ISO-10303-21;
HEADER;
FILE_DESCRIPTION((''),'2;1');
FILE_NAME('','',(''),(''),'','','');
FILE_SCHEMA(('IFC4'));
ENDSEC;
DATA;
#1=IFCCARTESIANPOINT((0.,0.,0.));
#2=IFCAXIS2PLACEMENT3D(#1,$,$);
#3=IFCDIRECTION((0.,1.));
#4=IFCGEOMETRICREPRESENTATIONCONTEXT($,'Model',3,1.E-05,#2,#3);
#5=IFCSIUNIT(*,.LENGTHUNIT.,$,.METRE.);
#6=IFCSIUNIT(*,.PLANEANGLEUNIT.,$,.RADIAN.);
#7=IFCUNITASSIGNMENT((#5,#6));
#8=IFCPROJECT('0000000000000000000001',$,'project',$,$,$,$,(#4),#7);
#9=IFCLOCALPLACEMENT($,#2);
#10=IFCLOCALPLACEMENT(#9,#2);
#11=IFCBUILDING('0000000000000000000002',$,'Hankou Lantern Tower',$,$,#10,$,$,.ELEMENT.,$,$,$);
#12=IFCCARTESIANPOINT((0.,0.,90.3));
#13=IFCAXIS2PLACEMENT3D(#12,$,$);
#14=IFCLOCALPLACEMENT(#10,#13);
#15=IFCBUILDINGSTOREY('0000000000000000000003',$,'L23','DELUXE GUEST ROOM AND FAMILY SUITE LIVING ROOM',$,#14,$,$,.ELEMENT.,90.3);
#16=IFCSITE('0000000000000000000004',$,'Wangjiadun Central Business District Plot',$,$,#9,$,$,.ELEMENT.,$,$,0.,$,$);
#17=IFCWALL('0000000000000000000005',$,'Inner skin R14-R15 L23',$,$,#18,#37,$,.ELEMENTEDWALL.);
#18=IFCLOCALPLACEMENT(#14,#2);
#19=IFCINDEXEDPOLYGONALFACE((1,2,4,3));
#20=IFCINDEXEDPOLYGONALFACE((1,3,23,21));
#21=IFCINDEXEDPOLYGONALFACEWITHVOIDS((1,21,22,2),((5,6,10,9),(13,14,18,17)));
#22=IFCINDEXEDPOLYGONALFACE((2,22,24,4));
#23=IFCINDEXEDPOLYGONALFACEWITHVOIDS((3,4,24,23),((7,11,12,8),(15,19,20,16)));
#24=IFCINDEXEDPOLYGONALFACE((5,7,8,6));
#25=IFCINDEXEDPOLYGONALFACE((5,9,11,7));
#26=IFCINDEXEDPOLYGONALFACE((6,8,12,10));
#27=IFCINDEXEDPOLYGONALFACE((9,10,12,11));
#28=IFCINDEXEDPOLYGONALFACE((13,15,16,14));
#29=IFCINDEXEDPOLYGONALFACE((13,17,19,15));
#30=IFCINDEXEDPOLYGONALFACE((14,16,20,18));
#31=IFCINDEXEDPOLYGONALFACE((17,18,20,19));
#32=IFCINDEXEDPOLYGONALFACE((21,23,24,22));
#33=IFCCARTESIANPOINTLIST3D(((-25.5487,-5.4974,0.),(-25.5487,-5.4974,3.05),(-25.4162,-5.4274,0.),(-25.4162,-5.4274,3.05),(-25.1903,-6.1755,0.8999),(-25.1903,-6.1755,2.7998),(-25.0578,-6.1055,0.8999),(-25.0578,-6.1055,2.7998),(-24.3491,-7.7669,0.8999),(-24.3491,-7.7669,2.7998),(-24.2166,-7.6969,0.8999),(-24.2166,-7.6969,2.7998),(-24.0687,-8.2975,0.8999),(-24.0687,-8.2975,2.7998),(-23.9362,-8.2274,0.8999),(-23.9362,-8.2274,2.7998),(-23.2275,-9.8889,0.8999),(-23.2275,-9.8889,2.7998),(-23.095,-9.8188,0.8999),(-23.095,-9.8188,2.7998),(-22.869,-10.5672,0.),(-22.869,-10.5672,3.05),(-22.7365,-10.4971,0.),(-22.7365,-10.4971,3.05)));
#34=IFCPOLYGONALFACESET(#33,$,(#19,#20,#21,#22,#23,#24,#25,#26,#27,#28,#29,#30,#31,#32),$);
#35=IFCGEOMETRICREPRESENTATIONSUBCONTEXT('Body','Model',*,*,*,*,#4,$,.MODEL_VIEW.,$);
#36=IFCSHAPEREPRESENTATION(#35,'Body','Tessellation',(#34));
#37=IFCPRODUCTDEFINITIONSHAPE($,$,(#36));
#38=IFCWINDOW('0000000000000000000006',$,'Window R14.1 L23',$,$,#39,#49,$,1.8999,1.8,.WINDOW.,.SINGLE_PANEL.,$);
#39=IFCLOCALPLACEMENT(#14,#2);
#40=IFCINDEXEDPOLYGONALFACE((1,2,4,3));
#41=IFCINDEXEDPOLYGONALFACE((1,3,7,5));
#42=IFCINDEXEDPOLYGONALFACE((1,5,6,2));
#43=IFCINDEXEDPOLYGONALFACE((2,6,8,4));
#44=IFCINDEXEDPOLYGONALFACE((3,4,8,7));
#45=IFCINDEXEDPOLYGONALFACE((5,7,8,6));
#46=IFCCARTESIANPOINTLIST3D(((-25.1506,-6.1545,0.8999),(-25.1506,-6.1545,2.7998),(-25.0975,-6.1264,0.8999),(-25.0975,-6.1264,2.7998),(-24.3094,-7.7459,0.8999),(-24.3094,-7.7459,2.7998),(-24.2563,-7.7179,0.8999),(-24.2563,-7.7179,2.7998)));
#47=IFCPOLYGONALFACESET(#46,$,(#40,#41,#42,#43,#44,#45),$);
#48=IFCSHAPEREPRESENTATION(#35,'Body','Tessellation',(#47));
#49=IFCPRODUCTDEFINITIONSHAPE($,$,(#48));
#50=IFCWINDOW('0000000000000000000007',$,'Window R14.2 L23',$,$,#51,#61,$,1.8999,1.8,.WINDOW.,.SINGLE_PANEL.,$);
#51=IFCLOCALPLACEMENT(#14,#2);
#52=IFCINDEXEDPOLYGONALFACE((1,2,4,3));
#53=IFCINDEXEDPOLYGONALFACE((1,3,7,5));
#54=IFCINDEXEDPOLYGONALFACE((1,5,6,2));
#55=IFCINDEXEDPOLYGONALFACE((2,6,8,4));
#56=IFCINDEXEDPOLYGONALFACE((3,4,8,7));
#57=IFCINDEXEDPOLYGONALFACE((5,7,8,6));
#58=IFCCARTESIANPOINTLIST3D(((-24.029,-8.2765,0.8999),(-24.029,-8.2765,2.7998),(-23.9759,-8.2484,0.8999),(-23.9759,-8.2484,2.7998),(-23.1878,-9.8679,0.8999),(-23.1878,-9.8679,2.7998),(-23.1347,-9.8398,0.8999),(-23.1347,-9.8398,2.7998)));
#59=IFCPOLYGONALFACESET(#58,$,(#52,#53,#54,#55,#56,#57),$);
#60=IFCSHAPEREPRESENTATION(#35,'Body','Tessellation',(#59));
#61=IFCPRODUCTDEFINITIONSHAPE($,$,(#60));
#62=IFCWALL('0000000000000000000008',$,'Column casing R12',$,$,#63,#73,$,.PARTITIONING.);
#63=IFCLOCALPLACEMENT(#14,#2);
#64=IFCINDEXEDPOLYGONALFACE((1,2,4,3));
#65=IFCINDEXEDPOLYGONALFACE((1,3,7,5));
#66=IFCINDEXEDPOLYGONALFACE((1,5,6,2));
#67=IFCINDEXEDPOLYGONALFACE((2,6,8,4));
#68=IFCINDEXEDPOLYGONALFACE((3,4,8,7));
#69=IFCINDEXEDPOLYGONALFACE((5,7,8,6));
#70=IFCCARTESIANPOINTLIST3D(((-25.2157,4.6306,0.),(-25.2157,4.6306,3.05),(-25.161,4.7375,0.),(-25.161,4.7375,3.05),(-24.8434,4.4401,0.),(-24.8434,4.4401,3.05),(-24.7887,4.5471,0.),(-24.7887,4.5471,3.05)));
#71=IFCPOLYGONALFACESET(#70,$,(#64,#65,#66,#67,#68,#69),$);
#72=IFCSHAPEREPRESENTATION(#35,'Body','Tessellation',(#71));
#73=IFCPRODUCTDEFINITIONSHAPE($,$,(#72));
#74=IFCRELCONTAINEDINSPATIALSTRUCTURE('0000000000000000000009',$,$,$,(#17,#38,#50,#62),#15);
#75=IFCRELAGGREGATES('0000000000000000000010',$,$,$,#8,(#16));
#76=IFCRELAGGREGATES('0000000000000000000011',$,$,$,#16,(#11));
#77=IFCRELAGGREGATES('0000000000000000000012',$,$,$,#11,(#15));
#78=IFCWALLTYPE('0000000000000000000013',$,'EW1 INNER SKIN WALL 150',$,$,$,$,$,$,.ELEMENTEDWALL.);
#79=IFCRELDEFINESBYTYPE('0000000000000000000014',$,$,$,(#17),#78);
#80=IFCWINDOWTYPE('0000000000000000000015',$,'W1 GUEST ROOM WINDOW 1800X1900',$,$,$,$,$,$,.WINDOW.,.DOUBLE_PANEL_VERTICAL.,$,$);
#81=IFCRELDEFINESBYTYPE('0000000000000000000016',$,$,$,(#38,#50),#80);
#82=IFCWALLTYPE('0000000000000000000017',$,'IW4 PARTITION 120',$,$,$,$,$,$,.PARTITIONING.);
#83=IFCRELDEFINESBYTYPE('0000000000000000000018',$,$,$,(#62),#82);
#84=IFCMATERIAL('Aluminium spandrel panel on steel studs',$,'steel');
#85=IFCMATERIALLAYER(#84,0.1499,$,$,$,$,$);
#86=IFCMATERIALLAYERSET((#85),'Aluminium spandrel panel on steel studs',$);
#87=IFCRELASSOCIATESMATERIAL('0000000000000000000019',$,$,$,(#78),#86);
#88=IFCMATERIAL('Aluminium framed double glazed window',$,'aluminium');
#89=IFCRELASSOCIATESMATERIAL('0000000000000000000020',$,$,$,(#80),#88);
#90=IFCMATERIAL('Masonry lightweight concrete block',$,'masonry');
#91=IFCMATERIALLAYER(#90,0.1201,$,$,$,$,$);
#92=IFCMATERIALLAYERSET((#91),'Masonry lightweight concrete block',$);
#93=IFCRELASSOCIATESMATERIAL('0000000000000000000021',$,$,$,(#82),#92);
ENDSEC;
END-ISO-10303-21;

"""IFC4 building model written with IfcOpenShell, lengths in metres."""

from ifc_helpers import new_model, si_unit, direction, frame, frame_2d, origin, place, context, subcontext, project, spatial, rectangle, extrude, material, layer, layer_set, type_object, element, fill, save


model = new_model("IFC4")

# Units and contexts
model_context = context("Model", 3, precision=1e-05, world=origin(), true_north=direction((0.0, 1.0)))
body_context = subcontext(model_context, "Body", "Model", "MODEL_VIEW")
ifc_project = project(units=[si_unit("LENGTHUNIT", "METRE"), si_unit("PLANEANGLEUNIT", "RADIAN")], contexts=[model_context])

# Site, building, storey
site_placement = place(None, origin())
site = spatial("IfcSite", under=ifc_project, at=site_placement, Name="Wangjiadun Central Business District Plot", CompositionType="ELEMENT", RefElevation=0.0)
building_placement = place(site_placement, origin())
building = spatial("IfcBuilding", under=site, at=building_placement, Name="Hankou Lantern Tower", CompositionType="ELEMENT")
storey_placement = place(building_placement, frame((0.0, 0.0, 90.3)))
storey = spatial("IfcBuildingStorey", under=building, at=storey_placement, Name="L23", Description="DELUXE GUEST ROOM AND FAMILY SUITE LIVING ROOM", CompositionType="ELEMENT", Elevation=90.3)

# Wall, openings, windows
ifc_material_1 = material(Name="Aluminium spandrel panel on steel studs", Category="steel")
ifc_layer_1 = layer(ifc_material_1, 0.1499)
ifc_layer_set_1 = layer_set([ifc_layer_1], Name="Aluminium spandrel panel on steel studs")
wall_type_1 = type_object("IfcWallType", Name="EW1 INNER SKIN WALL 150", PredefinedType="ELEMENTEDWALL", material=ifc_layer_set_1)
ifc_material_2 = material(Name="Aluminium framed double glazed window", Category="aluminium")
window_type = type_object("IfcWindowType", Name="W1 GUEST ROOM WINDOW 1800X1900", PartitioningType="DOUBLE_PANEL_VERTICAL", PredefinedType="WINDOW", material=ifc_material_2)
wall_1_placement = place(storey_placement, frame((-25.4824, -5.4624, 0.0), z_axis=(0.0, 0.0, 1.0), x_axis=(0.467297, -0.8841, 0.0)))
wall_1 = element("IfcWall", 1, at=wall_1_placement, inside=storey, type_object=wall_type_1, Name="Inner skin R14-R15 L23", PredefinedType="ELEMENTEDWALL", context=body_context, shape_type="SweptSolid", body=[
    extrude(rectangle(XDim=5.7344, YDim=0.1499, at=frame_2d((2.8672, 0.0))), origin(), (0.0, 0.0, 1.0), 3.05),
])
opening_1_placement = place(wall_1_placement, frame((0.7671, 0.0, 0.8999)))
opening_1 = element("IfcOpeningElement", 2, at=opening_1_placement, cuts=wall_1, PredefinedType="OPENING", context=body_context, shape_type="SweptSolid", body=[
    extrude(rectangle(XDim=1.8, YDim=1.8999, at=frame_2d((0.8999, 0.95))), frame((0.0, 0.085, 0.0), z_axis=(0.0, -1.0, 0.0), x_axis=(1.0, 0.0, 0.0)), (0.0, 0.0, 1.0), 0.1699),
])
opening_2_placement = place(wall_1_placement, frame((3.1672, 0.0, 0.8999)))
opening_2 = element("IfcOpeningElement", 3, at=opening_2_placement, cuts=wall_1, PredefinedType="OPENING", context=body_context, shape_type="SweptSolid", body=[
    extrude(rectangle(XDim=1.8, YDim=1.8999, at=frame_2d((0.8999, 0.95))), frame((0.0, 0.085, 0.0), z_axis=(0.0, -1.0, 0.0), x_axis=(1.0, 0.0, 0.0)), (0.0, 0.0, 1.0), 0.1699),
])
window_1_placement = place(opening_1_placement, origin())
window_1 = element("IfcWindow", 4, at=window_1_placement, inside=storey, type_object=window_type, Name="Window R14.1 L23", OverallHeight=1.8999, OverallWidth=1.8, PartitioningType="SINGLE_PANEL", PredefinedType="WINDOW", context=body_context, shape_type="SweptSolid", body=[
    extrude(rectangle(XDim=1.8, YDim=1.8999, at=frame_2d((0.8999, 0.95))), frame((0.0, 0.03, 0.0), z_axis=(0.0, -1.0, 0.0), x_axis=(1.0, 0.0, 0.0)), (0.0, 0.0, 1.0), 0.0601),
])
fill(opening_1, window_1)
window_2_placement = place(opening_2_placement, origin())
window_2 = element("IfcWindow", 5, at=window_2_placement, inside=storey, type_object=window_type, Name="Window R14.2 L23", OverallHeight=1.8999, OverallWidth=1.8, PartitioningType="SINGLE_PANEL", PredefinedType="WINDOW", context=body_context, shape_type="SweptSolid", body=[
    extrude(rectangle(XDim=1.8, YDim=1.8999, at=frame_2d((0.8999, 0.95))), frame((0.0, 0.03, 0.0), z_axis=(0.0, -1.0, 0.0), x_axis=(1.0, 0.0, 0.0)), (0.0, 0.0, 1.0), 0.0601),
])
fill(opening_2, window_2)

# Wall
ifc_material_3 = material(Name="Masonry lightweight concrete block", Category="masonry")
ifc_layer_2 = layer(ifc_material_3, 0.1201)
ifc_layer_set_2 = layer_set([ifc_layer_2], Name="Masonry lightweight concrete block")
wall_type_2 = type_object("IfcWallType", Name="IW4 PARTITION 120", PredefinedType="PARTITIONING", material=ifc_layer_set_2)
wall_2_placement = place(storey_placement, frame((-24.8162, 4.4937, 0.0), z_axis=(0.0, 0.0, 1.0), x_axis=(-0.890303, 0.455368, 0.0)))
element("IfcWall", 6, at=wall_2_placement, inside=storey, type_object=wall_type_2, Name="Column casing R12", PredefinedType="PARTITIONING", context=body_context, shape_type="SweptSolid", body=[
    extrude(rectangle(XDim=0.4182, YDim=0.1201, at=frame_2d((0.209, 0.0))), origin(), (0.0, 0.0, 1.0), 3.05),
])

save(model, "model.ifc")
